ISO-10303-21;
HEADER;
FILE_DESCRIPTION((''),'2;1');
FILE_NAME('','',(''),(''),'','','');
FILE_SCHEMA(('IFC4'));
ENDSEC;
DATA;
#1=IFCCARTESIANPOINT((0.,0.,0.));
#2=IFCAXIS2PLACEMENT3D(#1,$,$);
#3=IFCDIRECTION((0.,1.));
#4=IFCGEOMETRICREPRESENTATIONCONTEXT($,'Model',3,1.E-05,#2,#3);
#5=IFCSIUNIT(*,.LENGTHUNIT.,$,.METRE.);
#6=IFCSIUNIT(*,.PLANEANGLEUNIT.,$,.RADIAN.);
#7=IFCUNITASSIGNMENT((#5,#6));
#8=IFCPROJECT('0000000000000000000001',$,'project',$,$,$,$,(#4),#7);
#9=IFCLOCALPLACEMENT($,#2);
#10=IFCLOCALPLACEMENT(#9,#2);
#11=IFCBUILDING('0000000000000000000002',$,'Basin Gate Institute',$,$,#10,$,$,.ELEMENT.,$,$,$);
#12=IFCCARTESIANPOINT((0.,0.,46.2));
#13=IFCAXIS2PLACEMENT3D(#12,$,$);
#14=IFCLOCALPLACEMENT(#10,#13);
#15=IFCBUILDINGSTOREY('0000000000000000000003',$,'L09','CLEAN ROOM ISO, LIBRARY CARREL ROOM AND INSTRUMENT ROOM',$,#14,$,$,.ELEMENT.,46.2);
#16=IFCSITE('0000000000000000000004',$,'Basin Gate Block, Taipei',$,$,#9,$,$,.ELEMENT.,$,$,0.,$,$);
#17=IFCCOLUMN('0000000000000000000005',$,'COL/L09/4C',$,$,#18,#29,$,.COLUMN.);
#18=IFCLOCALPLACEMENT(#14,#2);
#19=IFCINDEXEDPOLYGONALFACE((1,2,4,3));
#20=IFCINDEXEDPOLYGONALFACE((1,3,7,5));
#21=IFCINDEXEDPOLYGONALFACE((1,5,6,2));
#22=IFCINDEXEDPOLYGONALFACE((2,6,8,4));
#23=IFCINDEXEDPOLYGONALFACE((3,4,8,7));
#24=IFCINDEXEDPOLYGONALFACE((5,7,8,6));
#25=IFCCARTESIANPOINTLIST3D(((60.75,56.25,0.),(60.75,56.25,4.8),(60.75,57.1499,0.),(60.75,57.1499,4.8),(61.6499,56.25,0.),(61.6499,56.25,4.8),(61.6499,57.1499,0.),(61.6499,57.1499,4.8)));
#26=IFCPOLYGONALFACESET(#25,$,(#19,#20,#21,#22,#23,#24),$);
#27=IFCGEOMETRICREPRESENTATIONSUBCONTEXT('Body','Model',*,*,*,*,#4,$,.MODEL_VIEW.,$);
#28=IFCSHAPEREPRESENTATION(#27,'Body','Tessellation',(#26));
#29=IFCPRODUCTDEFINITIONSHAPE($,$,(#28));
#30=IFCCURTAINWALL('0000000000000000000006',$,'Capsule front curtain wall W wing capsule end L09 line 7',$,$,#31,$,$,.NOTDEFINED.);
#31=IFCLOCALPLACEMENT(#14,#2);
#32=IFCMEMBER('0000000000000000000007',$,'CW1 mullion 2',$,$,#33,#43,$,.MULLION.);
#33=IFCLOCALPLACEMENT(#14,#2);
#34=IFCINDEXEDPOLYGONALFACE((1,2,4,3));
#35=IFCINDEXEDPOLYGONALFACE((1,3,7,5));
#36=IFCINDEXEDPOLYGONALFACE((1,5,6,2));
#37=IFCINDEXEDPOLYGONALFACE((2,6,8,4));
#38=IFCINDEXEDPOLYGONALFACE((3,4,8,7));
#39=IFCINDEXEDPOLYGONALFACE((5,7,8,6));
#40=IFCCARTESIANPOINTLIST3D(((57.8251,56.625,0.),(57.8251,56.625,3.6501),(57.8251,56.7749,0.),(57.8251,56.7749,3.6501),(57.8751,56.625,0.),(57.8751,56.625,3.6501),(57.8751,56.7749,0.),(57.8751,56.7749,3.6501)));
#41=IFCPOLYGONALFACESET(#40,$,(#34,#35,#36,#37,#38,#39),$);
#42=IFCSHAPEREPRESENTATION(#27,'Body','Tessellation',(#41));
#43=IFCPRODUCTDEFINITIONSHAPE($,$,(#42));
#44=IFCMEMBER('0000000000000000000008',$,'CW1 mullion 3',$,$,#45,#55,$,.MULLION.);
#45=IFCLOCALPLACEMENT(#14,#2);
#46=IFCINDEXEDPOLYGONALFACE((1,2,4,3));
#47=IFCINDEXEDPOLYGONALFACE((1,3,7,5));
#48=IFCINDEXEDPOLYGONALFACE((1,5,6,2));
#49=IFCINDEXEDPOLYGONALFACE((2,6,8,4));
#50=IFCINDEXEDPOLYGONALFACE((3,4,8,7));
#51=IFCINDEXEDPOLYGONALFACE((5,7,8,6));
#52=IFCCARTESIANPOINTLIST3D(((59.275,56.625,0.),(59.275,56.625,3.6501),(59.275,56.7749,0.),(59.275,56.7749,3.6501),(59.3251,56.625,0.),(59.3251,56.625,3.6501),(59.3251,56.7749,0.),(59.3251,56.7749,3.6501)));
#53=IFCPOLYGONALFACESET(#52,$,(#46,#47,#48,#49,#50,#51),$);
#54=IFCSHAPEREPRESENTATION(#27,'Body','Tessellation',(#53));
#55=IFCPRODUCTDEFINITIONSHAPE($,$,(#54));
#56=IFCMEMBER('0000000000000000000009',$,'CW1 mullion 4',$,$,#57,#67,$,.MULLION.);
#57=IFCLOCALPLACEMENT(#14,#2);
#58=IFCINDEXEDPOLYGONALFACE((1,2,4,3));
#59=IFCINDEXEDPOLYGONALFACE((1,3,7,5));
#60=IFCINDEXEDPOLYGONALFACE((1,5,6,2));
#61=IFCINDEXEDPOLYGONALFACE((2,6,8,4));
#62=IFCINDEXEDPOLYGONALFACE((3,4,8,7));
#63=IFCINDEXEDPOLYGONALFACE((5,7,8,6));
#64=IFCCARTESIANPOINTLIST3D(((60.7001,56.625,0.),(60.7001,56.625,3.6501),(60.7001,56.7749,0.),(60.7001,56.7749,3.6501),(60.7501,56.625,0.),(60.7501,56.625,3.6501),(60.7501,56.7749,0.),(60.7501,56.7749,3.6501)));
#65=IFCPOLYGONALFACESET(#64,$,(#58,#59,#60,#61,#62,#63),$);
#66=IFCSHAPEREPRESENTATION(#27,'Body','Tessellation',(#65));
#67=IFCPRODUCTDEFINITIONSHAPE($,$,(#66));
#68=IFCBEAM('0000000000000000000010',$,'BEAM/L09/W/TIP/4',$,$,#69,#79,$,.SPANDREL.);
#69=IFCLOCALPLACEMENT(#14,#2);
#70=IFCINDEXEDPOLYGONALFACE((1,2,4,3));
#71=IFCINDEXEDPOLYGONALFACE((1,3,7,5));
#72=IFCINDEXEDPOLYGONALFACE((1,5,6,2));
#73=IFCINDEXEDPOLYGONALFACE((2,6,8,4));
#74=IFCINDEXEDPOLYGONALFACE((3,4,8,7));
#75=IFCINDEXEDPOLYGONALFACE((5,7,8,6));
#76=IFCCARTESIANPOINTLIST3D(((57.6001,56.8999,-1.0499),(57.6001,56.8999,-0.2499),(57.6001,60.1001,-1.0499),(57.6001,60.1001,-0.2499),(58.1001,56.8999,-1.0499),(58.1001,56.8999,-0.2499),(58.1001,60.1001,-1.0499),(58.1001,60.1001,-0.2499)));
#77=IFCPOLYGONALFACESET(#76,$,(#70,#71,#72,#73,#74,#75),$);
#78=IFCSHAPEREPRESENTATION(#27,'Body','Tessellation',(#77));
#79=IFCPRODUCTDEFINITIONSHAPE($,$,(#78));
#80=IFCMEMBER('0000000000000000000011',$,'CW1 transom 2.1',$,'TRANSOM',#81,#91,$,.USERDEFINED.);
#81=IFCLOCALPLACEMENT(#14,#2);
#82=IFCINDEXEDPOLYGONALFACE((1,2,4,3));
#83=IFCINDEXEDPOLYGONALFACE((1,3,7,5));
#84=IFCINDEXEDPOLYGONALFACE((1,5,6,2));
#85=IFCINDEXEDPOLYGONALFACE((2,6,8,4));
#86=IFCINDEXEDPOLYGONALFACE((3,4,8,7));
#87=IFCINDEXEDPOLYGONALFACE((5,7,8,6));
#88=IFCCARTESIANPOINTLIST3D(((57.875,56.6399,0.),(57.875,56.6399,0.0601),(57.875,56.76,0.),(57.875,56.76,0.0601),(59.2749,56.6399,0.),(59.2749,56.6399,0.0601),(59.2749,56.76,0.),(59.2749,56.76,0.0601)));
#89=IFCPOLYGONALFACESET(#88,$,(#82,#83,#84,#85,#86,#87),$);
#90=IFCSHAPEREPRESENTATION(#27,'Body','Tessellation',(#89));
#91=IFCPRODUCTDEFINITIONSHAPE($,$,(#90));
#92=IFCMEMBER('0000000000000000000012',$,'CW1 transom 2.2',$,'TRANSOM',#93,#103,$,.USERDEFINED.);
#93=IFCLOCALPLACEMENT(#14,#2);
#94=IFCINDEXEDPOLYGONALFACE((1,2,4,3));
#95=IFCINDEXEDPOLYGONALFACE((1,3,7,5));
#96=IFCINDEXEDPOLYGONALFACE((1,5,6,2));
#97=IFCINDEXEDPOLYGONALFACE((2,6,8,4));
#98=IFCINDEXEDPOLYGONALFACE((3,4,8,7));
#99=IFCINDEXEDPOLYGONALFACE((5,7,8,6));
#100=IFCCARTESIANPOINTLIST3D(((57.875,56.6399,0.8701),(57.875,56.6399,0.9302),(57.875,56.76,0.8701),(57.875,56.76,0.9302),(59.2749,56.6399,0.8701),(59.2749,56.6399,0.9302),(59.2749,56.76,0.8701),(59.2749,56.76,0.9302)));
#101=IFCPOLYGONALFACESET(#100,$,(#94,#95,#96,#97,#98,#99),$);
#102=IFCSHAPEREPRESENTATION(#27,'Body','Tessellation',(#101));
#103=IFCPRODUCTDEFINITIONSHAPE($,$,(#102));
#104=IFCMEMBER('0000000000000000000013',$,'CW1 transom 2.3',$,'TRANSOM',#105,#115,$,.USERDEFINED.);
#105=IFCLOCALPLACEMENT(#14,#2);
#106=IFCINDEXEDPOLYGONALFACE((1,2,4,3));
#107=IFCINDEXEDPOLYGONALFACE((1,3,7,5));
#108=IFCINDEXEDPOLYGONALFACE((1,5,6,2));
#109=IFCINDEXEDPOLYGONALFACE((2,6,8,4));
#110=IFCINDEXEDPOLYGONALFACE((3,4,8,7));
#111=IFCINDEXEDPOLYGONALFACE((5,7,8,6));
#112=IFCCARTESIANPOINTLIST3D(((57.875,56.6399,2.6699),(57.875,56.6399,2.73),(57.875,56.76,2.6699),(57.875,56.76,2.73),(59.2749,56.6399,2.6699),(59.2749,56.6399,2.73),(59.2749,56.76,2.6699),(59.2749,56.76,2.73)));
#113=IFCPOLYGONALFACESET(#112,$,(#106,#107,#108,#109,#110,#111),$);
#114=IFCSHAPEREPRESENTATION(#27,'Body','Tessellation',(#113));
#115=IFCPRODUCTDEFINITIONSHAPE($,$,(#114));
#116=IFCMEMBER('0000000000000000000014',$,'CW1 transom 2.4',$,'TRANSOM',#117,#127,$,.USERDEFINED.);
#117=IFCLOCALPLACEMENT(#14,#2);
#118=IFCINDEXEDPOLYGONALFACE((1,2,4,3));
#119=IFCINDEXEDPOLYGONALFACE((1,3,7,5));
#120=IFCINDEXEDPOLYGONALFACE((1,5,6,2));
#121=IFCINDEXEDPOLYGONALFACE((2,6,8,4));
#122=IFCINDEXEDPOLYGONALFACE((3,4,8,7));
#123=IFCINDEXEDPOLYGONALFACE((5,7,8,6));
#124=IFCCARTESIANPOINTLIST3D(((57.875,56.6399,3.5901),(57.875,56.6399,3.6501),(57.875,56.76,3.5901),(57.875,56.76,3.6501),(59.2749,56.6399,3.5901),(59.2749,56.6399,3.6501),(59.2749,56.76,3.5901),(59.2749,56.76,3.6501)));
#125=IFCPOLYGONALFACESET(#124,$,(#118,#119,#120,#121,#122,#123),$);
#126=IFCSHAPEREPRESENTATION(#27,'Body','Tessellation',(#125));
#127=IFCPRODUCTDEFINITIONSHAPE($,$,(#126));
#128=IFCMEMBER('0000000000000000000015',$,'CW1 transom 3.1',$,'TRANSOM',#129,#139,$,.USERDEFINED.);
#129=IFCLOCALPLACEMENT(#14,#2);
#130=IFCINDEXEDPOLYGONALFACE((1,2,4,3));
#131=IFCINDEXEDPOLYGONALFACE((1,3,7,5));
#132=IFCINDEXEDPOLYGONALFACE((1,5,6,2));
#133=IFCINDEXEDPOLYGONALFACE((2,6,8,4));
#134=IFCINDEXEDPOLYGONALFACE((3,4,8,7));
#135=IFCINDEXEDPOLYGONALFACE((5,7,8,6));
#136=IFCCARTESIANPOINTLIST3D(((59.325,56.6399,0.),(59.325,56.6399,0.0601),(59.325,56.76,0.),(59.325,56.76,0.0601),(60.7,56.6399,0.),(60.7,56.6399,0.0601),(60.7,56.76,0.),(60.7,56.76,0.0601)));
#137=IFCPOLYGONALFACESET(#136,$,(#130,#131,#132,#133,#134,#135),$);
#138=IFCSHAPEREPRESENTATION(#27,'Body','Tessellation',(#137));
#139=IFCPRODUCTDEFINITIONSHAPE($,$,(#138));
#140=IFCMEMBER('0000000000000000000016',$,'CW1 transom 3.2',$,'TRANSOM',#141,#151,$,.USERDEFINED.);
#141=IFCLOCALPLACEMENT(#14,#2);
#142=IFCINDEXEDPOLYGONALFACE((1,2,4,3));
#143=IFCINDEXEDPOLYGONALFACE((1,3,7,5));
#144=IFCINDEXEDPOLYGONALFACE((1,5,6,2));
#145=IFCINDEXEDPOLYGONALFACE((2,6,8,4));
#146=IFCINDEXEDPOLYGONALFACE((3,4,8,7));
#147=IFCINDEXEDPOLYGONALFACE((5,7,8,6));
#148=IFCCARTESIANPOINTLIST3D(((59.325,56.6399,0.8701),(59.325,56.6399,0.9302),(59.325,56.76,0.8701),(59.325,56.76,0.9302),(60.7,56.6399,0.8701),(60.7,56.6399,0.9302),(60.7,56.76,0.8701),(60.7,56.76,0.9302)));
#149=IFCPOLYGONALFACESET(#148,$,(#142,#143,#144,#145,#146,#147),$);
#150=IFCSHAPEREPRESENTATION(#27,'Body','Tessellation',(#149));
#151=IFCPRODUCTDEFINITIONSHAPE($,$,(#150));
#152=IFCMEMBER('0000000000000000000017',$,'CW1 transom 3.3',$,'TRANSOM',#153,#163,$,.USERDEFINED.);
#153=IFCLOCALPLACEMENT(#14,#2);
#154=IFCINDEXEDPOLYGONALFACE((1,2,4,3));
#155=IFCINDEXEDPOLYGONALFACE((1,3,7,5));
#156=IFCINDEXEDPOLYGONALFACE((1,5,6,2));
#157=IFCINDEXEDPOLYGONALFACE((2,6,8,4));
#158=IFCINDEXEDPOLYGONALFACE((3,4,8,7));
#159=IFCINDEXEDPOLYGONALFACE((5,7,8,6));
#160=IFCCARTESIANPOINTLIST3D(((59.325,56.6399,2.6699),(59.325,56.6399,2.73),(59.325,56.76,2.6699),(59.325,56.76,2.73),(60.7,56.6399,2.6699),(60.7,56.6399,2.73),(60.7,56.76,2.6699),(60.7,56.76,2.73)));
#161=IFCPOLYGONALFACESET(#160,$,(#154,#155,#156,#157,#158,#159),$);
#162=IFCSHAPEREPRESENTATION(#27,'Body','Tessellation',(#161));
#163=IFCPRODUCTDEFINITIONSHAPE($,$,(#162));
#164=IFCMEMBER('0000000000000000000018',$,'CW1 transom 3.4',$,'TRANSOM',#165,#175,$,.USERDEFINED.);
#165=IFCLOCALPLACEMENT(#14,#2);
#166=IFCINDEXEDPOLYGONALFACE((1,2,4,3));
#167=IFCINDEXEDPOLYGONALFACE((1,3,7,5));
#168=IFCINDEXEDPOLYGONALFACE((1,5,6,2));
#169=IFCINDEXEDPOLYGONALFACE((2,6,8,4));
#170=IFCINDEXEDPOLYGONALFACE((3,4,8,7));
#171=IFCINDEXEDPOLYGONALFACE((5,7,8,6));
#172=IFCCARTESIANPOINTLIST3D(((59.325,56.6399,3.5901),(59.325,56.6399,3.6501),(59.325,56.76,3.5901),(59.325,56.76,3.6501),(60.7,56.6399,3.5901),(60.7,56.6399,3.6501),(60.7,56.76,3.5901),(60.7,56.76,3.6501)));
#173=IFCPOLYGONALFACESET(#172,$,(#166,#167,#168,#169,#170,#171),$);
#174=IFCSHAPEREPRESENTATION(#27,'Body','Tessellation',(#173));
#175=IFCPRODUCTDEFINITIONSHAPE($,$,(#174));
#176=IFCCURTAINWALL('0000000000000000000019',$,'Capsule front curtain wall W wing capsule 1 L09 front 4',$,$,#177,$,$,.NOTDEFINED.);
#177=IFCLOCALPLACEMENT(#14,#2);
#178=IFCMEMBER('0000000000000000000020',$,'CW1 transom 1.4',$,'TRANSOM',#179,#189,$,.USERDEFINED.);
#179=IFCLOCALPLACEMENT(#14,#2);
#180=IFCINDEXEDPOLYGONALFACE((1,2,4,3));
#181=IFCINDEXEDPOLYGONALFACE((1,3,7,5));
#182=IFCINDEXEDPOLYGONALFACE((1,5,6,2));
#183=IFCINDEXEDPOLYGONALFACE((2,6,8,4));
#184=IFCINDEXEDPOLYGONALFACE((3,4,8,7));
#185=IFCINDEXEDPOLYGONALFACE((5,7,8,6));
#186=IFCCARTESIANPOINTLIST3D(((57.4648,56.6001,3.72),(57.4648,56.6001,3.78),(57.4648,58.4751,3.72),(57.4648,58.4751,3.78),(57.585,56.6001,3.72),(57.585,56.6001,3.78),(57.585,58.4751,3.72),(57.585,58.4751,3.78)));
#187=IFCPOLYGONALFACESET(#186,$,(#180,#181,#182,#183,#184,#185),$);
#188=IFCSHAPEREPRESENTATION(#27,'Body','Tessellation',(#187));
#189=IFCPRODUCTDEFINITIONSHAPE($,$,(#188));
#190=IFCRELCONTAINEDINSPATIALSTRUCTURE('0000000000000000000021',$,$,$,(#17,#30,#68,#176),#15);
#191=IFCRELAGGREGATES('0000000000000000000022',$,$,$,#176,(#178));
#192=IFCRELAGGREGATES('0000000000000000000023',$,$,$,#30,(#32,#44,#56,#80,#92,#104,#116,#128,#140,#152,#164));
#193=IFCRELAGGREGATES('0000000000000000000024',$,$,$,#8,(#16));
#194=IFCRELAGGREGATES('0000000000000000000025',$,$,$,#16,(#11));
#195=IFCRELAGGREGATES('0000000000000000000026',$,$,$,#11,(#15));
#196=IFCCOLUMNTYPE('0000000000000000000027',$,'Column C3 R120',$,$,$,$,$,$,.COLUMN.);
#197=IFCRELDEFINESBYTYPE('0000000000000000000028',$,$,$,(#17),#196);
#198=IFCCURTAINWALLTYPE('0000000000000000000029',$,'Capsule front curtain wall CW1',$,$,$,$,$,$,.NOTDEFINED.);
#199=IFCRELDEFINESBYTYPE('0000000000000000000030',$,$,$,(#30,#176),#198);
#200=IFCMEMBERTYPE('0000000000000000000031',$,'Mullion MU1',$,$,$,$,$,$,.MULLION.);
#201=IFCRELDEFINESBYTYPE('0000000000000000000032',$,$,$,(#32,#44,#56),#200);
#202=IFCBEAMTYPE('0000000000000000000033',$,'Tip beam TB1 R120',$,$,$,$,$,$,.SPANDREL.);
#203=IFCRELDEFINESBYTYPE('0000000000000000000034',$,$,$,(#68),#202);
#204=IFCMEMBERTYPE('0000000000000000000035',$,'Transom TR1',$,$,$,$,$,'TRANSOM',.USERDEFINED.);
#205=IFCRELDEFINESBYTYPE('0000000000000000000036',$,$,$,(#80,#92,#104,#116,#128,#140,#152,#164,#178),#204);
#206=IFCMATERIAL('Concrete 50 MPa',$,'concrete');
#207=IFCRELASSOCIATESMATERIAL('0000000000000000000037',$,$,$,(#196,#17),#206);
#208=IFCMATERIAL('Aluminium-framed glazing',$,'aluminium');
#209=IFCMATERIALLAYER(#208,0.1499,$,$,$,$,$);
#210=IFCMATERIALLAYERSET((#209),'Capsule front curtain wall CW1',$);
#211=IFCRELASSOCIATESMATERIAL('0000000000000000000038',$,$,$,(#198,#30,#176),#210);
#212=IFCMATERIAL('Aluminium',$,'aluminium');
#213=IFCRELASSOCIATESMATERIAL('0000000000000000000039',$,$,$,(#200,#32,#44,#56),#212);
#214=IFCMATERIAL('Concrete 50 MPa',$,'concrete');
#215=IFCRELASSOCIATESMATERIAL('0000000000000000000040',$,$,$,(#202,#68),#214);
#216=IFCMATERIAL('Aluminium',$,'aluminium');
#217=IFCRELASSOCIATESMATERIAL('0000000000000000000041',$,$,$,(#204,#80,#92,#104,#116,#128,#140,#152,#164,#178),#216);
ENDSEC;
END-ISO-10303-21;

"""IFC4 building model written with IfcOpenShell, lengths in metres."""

from ifc_helpers import new_model, si_unit, direction, frame, origin, origin_2d, place, context, subcontext, project, spatial, rectangle, extrude, material, layer, layer_set, material_profile, profile_set, type_object, element, aggregate, save


model = new_model("IFC4")

# Units and contexts
model_context = context("Model", 3, precision=1e-05, world=origin(), true_north=direction((0.0, 1.0)))
body_context = subcontext(model_context, "Body", "Model", "MODEL_VIEW")
ifc_project = project(units=[si_unit("LENGTHUNIT", "METRE"), si_unit("PLANEANGLEUNIT", "RADIAN")], contexts=[model_context])

# Site, building, storey
site_placement = place(None, origin())
site = spatial("IfcSite", under=ifc_project, at=site_placement, Name="Basin Gate Block, Taipei", CompositionType="ELEMENT", RefElevation=0.0)
building_placement = place(site_placement, origin())
building = spatial("IfcBuilding", under=site, at=building_placement, Name="Basin Gate Institute", CompositionType="ELEMENT")
storey_placement = place(building_placement, frame((0.0, 0.0, 46.2)))
storey = spatial("IfcBuildingStorey", under=building, at=storey_placement, Name="L09", Description="CLEAN ROOM ISO, LIBRARY CARREL ROOM AND INSTRUMENT ROOM", CompositionType="ELEMENT", Elevation=46.2)

# Column
ifc_material_1 = material(Name="Concrete 50 MPa", Category="concrete")
ifc_material_profile_1 = material_profile(ifc_material_1, rectangle(XDim=0.8999, YDim=0.8999, at=origin_2d()), Name="Column C3 900 x 900")
ifc_profile_set_1 = profile_set([ifc_material_profile_1], Name="Concrete 50 MPa")
column_type = type_object("IfcColumnType", Name="Column C3 R120", PredefinedType="COLUMN", material=ifc_profile_set_1)
column_placement = place(storey_placement, frame((61.2, 56.7, 0.0), z_axis=(0.0, 0.0, 1.0), x_axis=(1.0, 0.0, 0.0)))
element("IfcColumn", 1, at=column_placement, inside=storey, type_object=column_type, material=ifc_profile_set_1, Name="COL/L09/4C", PredefinedType="COLUMN", context=body_context, shape_type="SweptSolid", body=[
    extrude(rectangle(XDim=0.8999, YDim=0.8999, at=origin_2d()), origin(), (0.0, 0.0, 1.0), 4.8),
])

# Curtain wall, members
ifc_material_2 = material(Name="Aluminium-framed glazing", Category="aluminium")
ifc_layer_1 = layer(ifc_material_2, 0.1499)
ifc_layer_set_1 = layer_set([ifc_layer_1], Name="Capsule front curtain wall CW1")
curtain_wall_type = type_object("IfcCurtainWallType", Name="Capsule front curtain wall CW1", PredefinedType="NOTDEFINED", material=ifc_layer_set_1)
curtain_wall_1_placement = place(storey_placement, origin())
curtain_wall_1 = element("IfcCurtainWall", 2, at=curtain_wall_1_placement, inside=storey, type_object=curtain_wall_type, material=ifc_layer_set_1, Name="Capsule front curtain wall W wing capsule end L09 line 7", PredefinedType="NOTDEFINED")
ifc_material_3 = material(Name="Aluminium", Category="aluminium")
ifc_material_profile_2 = material_profile(ifc_material_3, rectangle(XDim=0.1499, YDim=0.05, at=origin_2d()), Name="Mullion MU1 150 x 50")
ifc_profile_set_2 = profile_set([ifc_material_profile_2], Name="Aluminium")
member_type_1 = type_object("IfcMemberType", Name="Mullion MU1", PredefinedType="MULLION", material=ifc_profile_set_2)
member_1_placement = place(storey_placement, frame((57.8501, 56.7, 0.0), z_axis=(0.0, 0.0, 1.0), x_axis=(0.0, 1.0, 0.0)))
member_1 = element("IfcMember", 3, at=member_1_placement, type_object=member_type_1, material=ifc_profile_set_2, Name="CW1 mullion 2", PredefinedType="MULLION", context=body_context, shape_type="SweptSolid", body=[
    extrude(rectangle(XDim=0.1499, YDim=0.05, at=origin_2d()), origin(), (0.0, 0.0, 1.0), 3.6501),
])
member_2_placement = place(storey_placement, frame((59.3, 56.7, 0.0), z_axis=(0.0, 0.0, 1.0), x_axis=(0.0, 1.0, 0.0)))
member_2 = element("IfcMember", 4, at=member_2_placement, type_object=member_type_1, material=ifc_profile_set_2, Name="CW1 mullion 3", PredefinedType="MULLION", context=body_context, shape_type="SweptSolid", body=[
    extrude(rectangle(XDim=0.1499, YDim=0.05, at=origin_2d()), origin(), (0.0, 0.0, 1.0), 3.6501),
])
member_3_placement = place(storey_placement, frame((60.7251, 56.7, 0.0), z_axis=(0.0, 0.0, 1.0), x_axis=(0.0, 1.0, 0.0)))
member_3 = element("IfcMember", 5, at=member_3_placement, type_object=member_type_1, material=ifc_profile_set_2, Name="CW1 mullion 4", PredefinedType="MULLION", context=body_context, shape_type="SweptSolid", body=[
    extrude(rectangle(XDim=0.1499, YDim=0.05, at=origin_2d()), origin(), (0.0, 0.0, 1.0), 3.6501),
])

# Beam
ifc_material_4 = material(Name="Concrete 50 MPa", Category="concrete")
ifc_material_profile_3 = material_profile(ifc_material_4, rectangle(XDim=0.5, YDim=0.8, at=origin_2d()), Name="Tip beam TB1 500 x 800")
ifc_profile_set_3 = profile_set([ifc_material_profile_3], Name="Concrete 50 MPa")
beam_type = type_object("IfcBeamType", Name="Tip beam TB1 R120", PredefinedType="SPANDREL", material=ifc_profile_set_3)
beam_placement = place(storey_placement, frame((57.8501, 56.8999, -0.6499), z_axis=(0.0, 1.0, 0.0), x_axis=(-1.0, 0.0, 0.0)))
element("IfcBeam", 6, at=beam_placement, inside=storey, type_object=beam_type, material=ifc_profile_set_3, Name="BEAM/L09/W/TIP/4", PredefinedType="SPANDREL", context=body_context, shape_type="SweptSolid", body=[
    extrude(rectangle(XDim=0.5, YDim=0.8, at=origin_2d()), origin(), (0.0, 0.0, 1.0), 3.2002),
])

# Members
ifc_material_5 = material(Name="Aluminium", Category="aluminium")
ifc_material_profile_4 = material_profile(ifc_material_5, rectangle(XDim=0.1201, YDim=0.0601, at=origin_2d()), Name="Transom TR1 120 x 60")
ifc_profile_set_4 = profile_set([ifc_material_profile_4], Name="Aluminium")
member_type_2 = type_object("IfcMemberType", Name="Transom TR1", ElementType="TRANSOM", PredefinedType="USERDEFINED", material=ifc_profile_set_4)
member_4_placement = place(storey_placement, frame((57.875, 56.7, 0.03), z_axis=(1.0, 0.0, 0.0), x_axis=(0.0, 1.0, 0.0)))
member_4 = element("IfcMember", 7, at=member_4_placement, type_object=member_type_2, material=ifc_profile_set_4, Name="CW1 transom 2.1", ObjectType="TRANSOM", PredefinedType="USERDEFINED", context=body_context, shape_type="SweptSolid", body=[
    extrude(rectangle(XDim=0.1201, YDim=0.0601, at=origin_2d()), origin(), (0.0, 0.0, 1.0), 1.3999),
])
member_5_placement = place(storey_placement, frame((57.875, 56.7, 0.9001), z_axis=(1.0, 0.0, 0.0), x_axis=(0.0, 1.0, 0.0)))
member_5 = element("IfcMember", 8, at=member_5_placement, type_object=member_type_2, material=ifc_profile_set_4, Name="CW1 transom 2.2", ObjectType="TRANSOM", PredefinedType="USERDEFINED", context=body_context, shape_type="SweptSolid", body=[
    extrude(rectangle(XDim=0.1201, YDim=0.0601, at=origin_2d()), origin(), (0.0, 0.0, 1.0), 1.3999),
])
member_6_placement = place(storey_placement, frame((57.875, 56.7, 2.7), z_axis=(1.0, 0.0, 0.0), x_axis=(0.0, 1.0, 0.0)))
member_6 = element("IfcMember", 9, at=member_6_placement, type_object=member_type_2, material=ifc_profile_set_4, Name="CW1 transom 2.3", ObjectType="TRANSOM", PredefinedType="USERDEFINED", context=body_context, shape_type="SweptSolid", body=[
    extrude(rectangle(XDim=0.1201, YDim=0.0601, at=origin_2d()), origin(), (0.0, 0.0, 1.0), 1.3999),
])
member_7_placement = place(storey_placement, frame((57.875, 56.7, 3.6201), z_axis=(1.0, 0.0, 0.0), x_axis=(0.0, 1.0, 0.0)))
member_7 = element("IfcMember", 10, at=member_7_placement, type_object=member_type_2, material=ifc_profile_set_4, Name="CW1 transom 2.4", ObjectType="TRANSOM", PredefinedType="USERDEFINED", context=body_context, shape_type="SweptSolid", body=[
    extrude(rectangle(XDim=0.1201, YDim=0.0601, at=origin_2d()), origin(), (0.0, 0.0, 1.0), 1.3999),
])
member_8_placement = place(storey_placement, frame((59.325, 56.7, 0.03), z_axis=(1.0, 0.0, 0.0), x_axis=(0.0, 1.0, 0.0)))
member_8 = element("IfcMember", 11, at=member_8_placement, type_object=member_type_2, material=ifc_profile_set_4, Name="CW1 transom 3.1", ObjectType="TRANSOM", PredefinedType="USERDEFINED", context=body_context, shape_type="SweptSolid", body=[
    extrude(rectangle(XDim=0.1201, YDim=0.0601, at=origin_2d()), origin(), (0.0, 0.0, 1.0), 1.375),
])
member_9_placement = place(storey_placement, frame((59.325, 56.7, 0.9001), z_axis=(1.0, 0.0, 0.0), x_axis=(0.0, 1.0, 0.0)))
member_9 = element("IfcMember", 12, at=member_9_placement, type_object=member_type_2, material=ifc_profile_set_4, Name="CW1 transom 3.2", ObjectType="TRANSOM", PredefinedType="USERDEFINED", context=body_context, shape_type="SweptSolid", body=[
    extrude(rectangle(XDim=0.1201, YDim=0.0601, at=origin_2d()), origin(), (0.0, 0.0, 1.0), 1.375),
])
member_10_placement = place(storey_placement, frame((59.325, 56.7, 2.7), z_axis=(1.0, 0.0, 0.0), x_axis=(0.0, 1.0, 0.0)))
member_10 = element("IfcMember", 13, at=member_10_placement, type_object=member_type_2, material=ifc_profile_set_4, Name="CW1 transom 3.3", ObjectType="TRANSOM", PredefinedType="USERDEFINED", context=body_context, shape_type="SweptSolid", body=[
    extrude(rectangle(XDim=0.1201, YDim=0.0601, at=origin_2d()), origin(), (0.0, 0.0, 1.0), 1.375),
])
member_11_placement = place(storey_placement, frame((59.325, 56.7, 3.6201), z_axis=(1.0, 0.0, 0.0), x_axis=(0.0, 1.0, 0.0)))
member_11 = element("IfcMember", 14, at=member_11_placement, type_object=member_type_2, material=ifc_profile_set_4, Name="CW1 transom 3.4", ObjectType="TRANSOM", PredefinedType="USERDEFINED", context=body_context, shape_type="SweptSolid", body=[
    extrude(rectangle(XDim=0.1201, YDim=0.0601, at=origin_2d()), origin(), (0.0, 0.0, 1.0), 1.375),
])

# Curtain wall, member
curtain_wall_2_placement = place(storey_placement, origin())
curtain_wall_2 = element("IfcCurtainWall", 15, at=curtain_wall_2_placement, inside=storey, type_object=curtain_wall_type, material=ifc_layer_set_1, Name="Capsule front curtain wall W wing capsule 1 L09 front 4", PredefinedType="NOTDEFINED")
member_12_placement = place(storey_placement, frame((57.5249, 56.6001, 3.75), z_axis=(0.0, 1.0, 0.0), x_axis=(-1.0, 0.0, 0.0)))
member_12 = element("IfcMember", 16, at=member_12_placement, type_object=member_type_2, material=ifc_profile_set_4, Name="CW1 transom 1.4", ObjectType="TRANSOM", PredefinedType="USERDEFINED", context=body_context, shape_type="SweptSolid", body=[
    extrude(rectangle(XDim=0.1201, YDim=0.0601, at=origin_2d()), origin(), (0.0, 0.0, 1.0), 1.875),
])
aggregate(curtain_wall_2, [member_12])

aggregate(curtain_wall_1, [member_1, member_2, member_3, member_4, member_5, member_6, member_7, member_8, member_9, member_10, member_11])

save(model, "model.ifc")
